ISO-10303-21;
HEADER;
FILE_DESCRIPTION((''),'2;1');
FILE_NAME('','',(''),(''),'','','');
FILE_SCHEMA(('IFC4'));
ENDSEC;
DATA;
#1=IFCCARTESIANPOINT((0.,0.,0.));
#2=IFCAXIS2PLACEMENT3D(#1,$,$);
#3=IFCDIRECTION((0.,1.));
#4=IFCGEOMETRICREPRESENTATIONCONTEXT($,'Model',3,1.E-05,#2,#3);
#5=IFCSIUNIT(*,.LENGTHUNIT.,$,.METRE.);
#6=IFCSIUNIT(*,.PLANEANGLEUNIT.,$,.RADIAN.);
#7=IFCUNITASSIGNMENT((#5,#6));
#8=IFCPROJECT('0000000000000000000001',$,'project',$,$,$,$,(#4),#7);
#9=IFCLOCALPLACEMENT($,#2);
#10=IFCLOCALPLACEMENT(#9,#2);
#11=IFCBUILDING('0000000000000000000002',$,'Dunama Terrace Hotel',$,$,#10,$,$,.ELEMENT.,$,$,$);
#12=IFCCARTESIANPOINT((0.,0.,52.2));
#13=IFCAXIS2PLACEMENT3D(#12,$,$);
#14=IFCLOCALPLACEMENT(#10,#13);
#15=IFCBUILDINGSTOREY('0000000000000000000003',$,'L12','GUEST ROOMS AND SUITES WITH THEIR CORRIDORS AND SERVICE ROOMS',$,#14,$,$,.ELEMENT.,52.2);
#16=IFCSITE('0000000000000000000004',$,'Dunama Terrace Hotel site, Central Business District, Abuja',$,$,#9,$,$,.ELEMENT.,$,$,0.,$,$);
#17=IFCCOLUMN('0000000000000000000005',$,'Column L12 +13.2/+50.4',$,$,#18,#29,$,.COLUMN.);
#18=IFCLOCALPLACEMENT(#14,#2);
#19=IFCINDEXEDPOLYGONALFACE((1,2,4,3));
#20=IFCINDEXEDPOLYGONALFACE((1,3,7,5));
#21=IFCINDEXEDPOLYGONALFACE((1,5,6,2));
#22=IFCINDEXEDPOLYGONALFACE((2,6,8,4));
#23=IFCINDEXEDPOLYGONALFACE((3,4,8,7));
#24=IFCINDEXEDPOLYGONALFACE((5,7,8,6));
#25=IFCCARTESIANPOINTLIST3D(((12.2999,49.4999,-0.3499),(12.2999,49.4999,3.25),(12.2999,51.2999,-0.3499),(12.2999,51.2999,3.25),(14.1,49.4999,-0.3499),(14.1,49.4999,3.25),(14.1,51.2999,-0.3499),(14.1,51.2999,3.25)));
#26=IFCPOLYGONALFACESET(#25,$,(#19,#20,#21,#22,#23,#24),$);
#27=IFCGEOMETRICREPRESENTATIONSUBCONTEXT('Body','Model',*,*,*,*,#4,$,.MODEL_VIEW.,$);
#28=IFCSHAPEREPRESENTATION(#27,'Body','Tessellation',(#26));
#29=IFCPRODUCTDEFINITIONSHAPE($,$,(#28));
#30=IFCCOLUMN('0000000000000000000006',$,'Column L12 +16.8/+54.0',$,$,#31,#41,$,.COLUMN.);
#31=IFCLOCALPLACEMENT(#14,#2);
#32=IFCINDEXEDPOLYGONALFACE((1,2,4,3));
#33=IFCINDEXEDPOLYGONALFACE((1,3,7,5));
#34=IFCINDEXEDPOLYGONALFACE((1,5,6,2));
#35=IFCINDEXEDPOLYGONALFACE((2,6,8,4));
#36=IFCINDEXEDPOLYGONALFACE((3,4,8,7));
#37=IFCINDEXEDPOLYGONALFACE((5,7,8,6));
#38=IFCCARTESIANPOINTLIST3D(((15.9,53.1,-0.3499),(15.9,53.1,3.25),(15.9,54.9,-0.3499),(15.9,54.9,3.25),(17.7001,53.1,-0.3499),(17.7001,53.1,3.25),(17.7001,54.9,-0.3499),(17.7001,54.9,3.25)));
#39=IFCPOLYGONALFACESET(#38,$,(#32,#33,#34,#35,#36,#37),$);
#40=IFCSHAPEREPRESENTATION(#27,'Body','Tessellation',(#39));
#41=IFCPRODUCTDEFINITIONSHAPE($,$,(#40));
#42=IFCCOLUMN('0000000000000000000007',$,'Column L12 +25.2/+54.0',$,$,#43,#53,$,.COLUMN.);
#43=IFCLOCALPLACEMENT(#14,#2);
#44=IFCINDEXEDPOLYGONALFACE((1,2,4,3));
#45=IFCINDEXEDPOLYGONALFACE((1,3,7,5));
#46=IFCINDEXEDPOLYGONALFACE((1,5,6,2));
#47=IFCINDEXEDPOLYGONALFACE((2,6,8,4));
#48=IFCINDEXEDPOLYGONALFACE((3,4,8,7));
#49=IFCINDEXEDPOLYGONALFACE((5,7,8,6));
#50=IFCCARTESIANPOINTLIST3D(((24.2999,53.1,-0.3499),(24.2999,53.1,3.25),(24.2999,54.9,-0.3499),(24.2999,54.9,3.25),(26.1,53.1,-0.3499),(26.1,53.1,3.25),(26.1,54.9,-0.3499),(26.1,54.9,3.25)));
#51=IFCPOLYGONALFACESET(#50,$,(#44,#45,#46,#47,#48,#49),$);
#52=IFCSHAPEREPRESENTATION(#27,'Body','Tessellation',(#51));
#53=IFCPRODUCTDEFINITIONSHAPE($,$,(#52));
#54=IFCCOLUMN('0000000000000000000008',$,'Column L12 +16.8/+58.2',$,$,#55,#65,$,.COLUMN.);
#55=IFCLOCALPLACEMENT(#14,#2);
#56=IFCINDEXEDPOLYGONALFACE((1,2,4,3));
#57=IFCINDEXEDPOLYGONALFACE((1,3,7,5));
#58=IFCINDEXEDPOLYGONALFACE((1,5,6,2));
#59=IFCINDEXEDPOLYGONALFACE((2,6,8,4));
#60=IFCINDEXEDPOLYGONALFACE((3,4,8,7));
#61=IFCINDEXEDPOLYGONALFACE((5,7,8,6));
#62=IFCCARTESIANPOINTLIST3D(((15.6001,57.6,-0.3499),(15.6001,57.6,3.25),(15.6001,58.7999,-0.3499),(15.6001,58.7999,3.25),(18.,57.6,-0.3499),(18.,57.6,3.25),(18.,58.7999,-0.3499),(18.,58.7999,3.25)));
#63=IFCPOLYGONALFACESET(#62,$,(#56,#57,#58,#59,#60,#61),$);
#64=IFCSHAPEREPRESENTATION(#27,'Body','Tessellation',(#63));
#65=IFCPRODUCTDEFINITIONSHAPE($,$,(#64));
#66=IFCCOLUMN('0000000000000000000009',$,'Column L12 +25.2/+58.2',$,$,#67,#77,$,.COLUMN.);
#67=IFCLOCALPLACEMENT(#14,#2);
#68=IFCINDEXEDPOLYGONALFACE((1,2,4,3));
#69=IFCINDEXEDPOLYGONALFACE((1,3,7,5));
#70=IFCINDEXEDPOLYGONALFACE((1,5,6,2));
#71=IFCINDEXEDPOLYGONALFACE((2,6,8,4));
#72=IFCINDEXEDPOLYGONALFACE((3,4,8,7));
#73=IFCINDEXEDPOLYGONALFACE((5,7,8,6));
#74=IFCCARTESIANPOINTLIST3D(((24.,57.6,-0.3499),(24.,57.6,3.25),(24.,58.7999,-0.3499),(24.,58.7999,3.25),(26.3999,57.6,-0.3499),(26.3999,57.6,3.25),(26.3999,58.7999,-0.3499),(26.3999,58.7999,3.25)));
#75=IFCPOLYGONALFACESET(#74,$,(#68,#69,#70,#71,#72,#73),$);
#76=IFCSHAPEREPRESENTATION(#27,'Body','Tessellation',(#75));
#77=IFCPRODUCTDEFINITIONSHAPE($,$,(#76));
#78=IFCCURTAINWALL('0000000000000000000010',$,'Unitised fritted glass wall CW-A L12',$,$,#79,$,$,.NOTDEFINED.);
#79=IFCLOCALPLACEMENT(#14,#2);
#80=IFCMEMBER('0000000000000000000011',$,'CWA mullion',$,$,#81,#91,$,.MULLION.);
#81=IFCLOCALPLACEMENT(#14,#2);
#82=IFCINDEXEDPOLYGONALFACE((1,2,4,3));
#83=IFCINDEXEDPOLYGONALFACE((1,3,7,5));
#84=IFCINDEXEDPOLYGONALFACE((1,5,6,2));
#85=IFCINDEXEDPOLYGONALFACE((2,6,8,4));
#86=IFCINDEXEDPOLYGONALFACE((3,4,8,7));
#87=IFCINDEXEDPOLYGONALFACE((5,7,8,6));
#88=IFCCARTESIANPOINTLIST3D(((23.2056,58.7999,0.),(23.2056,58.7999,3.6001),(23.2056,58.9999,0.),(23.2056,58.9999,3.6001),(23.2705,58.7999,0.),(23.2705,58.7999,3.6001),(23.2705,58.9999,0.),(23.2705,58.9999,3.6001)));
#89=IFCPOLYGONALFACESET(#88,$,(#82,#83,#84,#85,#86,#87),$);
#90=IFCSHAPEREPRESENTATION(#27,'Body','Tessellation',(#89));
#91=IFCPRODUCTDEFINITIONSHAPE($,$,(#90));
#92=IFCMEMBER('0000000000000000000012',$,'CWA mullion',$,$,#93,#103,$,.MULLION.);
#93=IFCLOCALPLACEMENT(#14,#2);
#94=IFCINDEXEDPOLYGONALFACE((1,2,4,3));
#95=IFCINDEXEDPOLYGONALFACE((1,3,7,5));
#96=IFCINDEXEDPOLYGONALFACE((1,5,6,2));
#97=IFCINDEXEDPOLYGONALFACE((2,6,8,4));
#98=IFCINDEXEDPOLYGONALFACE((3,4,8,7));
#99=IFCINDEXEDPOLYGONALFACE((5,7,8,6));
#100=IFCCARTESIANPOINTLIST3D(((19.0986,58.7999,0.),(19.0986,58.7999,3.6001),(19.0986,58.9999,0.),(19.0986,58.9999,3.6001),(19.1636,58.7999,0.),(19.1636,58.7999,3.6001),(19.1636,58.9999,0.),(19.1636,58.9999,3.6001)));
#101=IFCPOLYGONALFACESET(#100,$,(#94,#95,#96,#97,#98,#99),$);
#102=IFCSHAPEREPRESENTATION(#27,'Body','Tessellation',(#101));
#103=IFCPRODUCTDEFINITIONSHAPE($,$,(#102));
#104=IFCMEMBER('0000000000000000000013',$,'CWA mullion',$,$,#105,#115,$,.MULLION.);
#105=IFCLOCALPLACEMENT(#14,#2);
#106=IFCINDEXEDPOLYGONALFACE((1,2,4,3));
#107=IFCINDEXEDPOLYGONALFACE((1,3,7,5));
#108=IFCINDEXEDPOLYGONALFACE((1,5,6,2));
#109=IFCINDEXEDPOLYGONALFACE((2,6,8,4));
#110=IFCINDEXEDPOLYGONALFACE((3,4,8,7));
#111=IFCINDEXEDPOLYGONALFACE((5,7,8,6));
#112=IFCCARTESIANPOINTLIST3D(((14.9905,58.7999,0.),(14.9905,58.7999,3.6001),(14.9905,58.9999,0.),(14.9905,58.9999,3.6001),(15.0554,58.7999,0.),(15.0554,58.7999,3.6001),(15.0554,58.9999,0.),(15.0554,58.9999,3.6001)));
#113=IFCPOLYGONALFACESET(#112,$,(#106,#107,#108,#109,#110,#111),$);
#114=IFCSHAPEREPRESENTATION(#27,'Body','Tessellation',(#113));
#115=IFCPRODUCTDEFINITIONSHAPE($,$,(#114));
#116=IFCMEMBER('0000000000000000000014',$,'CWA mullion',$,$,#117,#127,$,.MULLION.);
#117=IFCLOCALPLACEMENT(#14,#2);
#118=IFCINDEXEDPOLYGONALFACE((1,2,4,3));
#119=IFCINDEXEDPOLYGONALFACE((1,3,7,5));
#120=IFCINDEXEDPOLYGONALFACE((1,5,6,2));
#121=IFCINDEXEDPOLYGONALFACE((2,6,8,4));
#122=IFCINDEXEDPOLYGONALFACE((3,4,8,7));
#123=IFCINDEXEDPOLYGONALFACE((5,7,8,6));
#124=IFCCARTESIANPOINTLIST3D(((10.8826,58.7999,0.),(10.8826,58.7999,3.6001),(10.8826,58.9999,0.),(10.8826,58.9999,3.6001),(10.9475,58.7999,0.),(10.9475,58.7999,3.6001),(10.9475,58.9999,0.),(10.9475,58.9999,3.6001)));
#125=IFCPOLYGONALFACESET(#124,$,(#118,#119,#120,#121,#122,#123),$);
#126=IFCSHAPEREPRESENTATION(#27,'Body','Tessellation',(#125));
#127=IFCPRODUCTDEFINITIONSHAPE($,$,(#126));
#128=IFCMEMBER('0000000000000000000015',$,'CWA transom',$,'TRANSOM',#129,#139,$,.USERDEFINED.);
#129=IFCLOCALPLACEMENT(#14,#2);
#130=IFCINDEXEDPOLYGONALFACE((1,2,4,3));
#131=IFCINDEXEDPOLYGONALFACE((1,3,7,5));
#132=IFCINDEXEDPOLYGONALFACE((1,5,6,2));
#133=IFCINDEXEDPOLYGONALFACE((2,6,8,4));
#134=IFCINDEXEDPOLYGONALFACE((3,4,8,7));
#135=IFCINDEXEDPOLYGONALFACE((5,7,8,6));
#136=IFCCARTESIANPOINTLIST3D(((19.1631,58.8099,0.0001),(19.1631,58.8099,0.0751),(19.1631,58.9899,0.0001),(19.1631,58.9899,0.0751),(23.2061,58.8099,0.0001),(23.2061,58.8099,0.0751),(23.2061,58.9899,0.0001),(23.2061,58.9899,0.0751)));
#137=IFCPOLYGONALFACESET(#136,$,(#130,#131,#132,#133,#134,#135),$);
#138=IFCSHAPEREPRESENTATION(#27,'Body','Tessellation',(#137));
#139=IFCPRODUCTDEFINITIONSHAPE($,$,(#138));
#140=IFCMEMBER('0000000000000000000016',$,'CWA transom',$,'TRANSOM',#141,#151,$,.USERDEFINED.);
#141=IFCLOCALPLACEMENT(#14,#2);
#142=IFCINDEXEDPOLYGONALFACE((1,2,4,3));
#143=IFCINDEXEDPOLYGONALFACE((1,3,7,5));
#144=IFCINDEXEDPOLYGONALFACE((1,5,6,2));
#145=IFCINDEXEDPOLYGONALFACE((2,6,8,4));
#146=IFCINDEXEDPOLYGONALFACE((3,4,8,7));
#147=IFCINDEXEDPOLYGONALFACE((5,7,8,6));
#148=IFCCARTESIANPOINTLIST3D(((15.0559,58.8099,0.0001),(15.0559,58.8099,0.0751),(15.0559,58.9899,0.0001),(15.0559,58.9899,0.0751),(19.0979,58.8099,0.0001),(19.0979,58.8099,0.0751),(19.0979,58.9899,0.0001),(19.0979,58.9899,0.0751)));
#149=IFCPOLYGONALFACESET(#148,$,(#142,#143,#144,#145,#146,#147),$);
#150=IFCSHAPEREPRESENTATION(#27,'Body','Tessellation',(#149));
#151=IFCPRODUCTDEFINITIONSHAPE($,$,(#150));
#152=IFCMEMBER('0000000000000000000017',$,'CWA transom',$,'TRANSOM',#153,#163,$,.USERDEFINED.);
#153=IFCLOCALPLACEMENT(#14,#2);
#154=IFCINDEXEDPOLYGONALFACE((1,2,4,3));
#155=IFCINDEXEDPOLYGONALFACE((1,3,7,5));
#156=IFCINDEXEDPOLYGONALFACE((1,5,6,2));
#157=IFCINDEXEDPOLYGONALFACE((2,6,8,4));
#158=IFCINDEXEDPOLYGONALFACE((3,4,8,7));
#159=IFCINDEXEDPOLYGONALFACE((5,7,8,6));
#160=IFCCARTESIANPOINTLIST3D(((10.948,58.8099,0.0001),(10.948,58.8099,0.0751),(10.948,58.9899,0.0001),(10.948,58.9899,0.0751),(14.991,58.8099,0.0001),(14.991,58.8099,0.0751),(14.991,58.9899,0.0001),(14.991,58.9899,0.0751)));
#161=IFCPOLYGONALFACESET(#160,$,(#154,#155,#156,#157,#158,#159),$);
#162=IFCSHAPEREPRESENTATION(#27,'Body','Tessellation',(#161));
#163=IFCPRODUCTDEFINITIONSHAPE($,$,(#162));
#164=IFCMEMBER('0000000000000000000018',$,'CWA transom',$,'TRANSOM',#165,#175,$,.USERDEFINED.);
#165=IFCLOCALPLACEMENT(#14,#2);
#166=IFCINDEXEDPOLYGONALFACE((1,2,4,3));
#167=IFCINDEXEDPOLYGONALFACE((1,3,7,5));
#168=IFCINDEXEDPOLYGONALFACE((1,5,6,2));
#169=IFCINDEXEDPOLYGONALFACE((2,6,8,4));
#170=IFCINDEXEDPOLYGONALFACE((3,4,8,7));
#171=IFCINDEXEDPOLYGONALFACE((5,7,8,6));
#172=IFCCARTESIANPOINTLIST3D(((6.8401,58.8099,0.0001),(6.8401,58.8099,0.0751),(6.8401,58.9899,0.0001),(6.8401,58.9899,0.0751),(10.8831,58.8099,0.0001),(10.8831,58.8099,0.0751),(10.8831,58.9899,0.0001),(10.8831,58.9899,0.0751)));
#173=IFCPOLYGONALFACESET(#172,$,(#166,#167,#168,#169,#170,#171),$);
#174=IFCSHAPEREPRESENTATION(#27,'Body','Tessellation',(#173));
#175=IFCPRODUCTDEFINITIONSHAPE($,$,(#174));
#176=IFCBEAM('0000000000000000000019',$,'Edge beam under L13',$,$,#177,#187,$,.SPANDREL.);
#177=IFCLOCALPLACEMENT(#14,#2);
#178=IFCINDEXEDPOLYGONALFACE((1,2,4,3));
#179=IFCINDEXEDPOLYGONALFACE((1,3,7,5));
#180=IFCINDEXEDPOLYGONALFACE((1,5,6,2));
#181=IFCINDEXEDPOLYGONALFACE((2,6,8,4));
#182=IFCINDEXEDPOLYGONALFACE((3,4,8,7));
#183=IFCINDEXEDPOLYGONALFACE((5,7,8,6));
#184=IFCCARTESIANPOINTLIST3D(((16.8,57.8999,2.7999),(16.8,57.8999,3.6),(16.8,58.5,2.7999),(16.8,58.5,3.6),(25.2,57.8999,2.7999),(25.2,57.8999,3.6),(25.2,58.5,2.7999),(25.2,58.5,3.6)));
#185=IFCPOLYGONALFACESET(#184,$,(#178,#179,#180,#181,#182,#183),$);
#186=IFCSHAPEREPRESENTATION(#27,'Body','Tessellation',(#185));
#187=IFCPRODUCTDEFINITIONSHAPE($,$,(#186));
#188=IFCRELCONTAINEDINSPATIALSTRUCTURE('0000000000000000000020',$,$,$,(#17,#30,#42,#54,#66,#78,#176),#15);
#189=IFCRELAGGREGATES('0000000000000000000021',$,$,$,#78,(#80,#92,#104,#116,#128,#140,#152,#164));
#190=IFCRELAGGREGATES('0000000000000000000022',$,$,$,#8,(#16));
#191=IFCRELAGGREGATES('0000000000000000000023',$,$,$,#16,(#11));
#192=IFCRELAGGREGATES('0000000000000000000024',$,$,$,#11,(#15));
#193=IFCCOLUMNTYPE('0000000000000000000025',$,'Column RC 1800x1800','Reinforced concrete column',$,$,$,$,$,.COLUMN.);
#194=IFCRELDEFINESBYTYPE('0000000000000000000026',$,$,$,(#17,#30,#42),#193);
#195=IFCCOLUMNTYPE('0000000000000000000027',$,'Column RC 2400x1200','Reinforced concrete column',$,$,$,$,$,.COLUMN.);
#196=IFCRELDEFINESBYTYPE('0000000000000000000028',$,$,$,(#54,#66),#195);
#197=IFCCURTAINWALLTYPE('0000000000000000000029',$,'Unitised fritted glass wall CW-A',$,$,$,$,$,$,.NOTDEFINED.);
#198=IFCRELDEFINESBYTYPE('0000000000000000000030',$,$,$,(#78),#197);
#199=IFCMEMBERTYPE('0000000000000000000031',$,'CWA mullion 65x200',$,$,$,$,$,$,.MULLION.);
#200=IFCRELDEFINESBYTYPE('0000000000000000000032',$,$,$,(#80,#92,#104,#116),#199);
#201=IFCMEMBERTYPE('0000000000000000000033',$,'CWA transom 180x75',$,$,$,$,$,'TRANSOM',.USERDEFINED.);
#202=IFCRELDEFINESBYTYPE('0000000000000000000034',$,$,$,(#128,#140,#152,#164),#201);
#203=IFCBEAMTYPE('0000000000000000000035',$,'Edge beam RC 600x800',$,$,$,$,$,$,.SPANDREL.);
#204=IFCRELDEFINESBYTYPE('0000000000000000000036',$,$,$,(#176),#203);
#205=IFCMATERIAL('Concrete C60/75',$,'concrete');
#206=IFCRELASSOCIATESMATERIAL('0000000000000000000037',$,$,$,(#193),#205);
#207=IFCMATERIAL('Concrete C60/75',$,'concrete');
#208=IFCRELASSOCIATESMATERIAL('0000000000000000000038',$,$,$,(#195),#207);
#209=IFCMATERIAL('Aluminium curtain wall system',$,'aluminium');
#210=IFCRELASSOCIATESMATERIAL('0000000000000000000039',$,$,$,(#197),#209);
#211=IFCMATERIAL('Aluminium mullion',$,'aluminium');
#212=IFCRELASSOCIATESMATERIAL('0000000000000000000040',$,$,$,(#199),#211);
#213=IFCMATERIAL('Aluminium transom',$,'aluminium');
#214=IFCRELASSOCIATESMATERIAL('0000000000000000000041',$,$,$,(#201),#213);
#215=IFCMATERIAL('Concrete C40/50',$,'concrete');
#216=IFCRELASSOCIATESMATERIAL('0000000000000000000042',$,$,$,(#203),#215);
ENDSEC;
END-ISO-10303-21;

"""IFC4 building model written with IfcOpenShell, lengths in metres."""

from ifc_helpers import new_model, si_unit, direction, frame, origin, origin_2d, place, context, subcontext, project, spatial, rectangle, extrude, material, material_profile, profile_set, type_object, element, aggregate, save


model = new_model("IFC4")

# Units and contexts
model_context = context("Model", 3, precision=1e-05, world=origin(), true_north=direction((0.0, 1.0)))
body_context = subcontext(model_context, "Body", "Model", "MODEL_VIEW")
ifc_project = project(units=[si_unit("LENGTHUNIT", "METRE"), si_unit("PLANEANGLEUNIT", "RADIAN")], contexts=[model_context])

# Site, building, storey
site_placement = place(None, origin())
site = spatial("IfcSite", under=ifc_project, at=site_placement, Name="Dunama Terrace Hotel site, Central Business District, Abuja", CompositionType="ELEMENT", RefElevation=0.0)
building_placement = place(site_placement, origin())
building = spatial("IfcBuilding", under=site, at=building_placement, Name="Dunama Terrace Hotel", CompositionType="ELEMENT")
storey_placement = place(building_placement, frame((0.0, 0.0, 52.2)))
storey = spatial("IfcBuildingStorey", under=building, at=storey_placement, Name="L12", Description="GUEST ROOMS AND SUITES WITH THEIR CORRIDORS AND SERVICE ROOMS", CompositionType="ELEMENT", Elevation=52.2)

# Columns
ifc_material_1 = material(Name="Concrete C60/75", Category="concrete")
ifc_material_profile_1 = material_profile(ifc_material_1, rectangle(XDim=1.8, YDim=1.8, at=origin_2d()), Name="RC 1800x1800")
ifc_profile_set_1 = profile_set([ifc_material_profile_1], Name="Concrete C60/75")
column_type_1 = type_object("IfcColumnType", Name="Column RC 1800x1800", Description="Reinforced concrete column", PredefinedType="COLUMN", material=ifc_profile_set_1)
for number, where, z_axis, x_axis, name in (
    (1, (13.2, 50.3999, -0.3499), (0.0, 0.0, 1.0), (1.0, 0.0, 0.0), "Column L12 +13.2/+50.4"),
    (2, (16.8, 54.0, -0.3499), (0.0, 0.0, 1.0), (1.0, 0.0, 0.0), "Column L12 +16.8/+54.0"),
    (3, (25.2, 54.0, -0.3499), (0.0, 0.0, 1.0), (1.0, 0.0, 0.0), "Column L12 +25.2/+54.0"),
):
    element("IfcColumn", number, at=place(storey_placement, frame(where, z_axis=z_axis, x_axis=x_axis)), inside=storey, type_object=column_type_1, Name=name, PredefinedType="COLUMN", context=body_context, shape_type="SweptSolid", body=[
        extrude(rectangle(XDim=1.8, YDim=1.8, at=origin_2d()), origin(), (0.0, 0.0, 1.0), 3.5999),
    ])
ifc_material_2 = material(Name="Concrete C60/75", Category="concrete")
ifc_material_profile_2 = material_profile(ifc_material_2, rectangle(XDim=2.3999, YDim=1.2, at=origin_2d()), Name="RC 2400x1200")
ifc_profile_set_2 = profile_set([ifc_material_profile_2], Name="Concrete C60/75")
column_type_2 = type_object("IfcColumnType", Name="Column RC 2400x1200", Description="Reinforced concrete column", PredefinedType="COLUMN", material=ifc_profile_set_2)
for number, where, z_axis, x_axis, name in (
    (4, (16.8, 58.2, -0.3499), (0.0, 0.0, 1.0), (1.0, 0.0, 0.0), "Column L12 +16.8/+58.2"),
    (5, (25.2, 58.2, -0.3499), (0.0, 0.0, 1.0), (1.0, 0.0, 0.0), "Column L12 +25.2/+58.2"),
):
    element("IfcColumn", number, at=place(storey_placement, frame(where, z_axis=z_axis, x_axis=x_axis)), inside=storey, type_object=column_type_2, Name=name, PredefinedType="COLUMN", context=body_context, shape_type="SweptSolid", body=[
        extrude(rectangle(XDim=2.3999, YDim=1.2, at=origin_2d()), origin(), (0.0, 0.0, 1.0), 3.5999),
    ])

# Curtain wall, members
ifc_material_3 = material(Name="Aluminium curtain wall system", Category="aluminium")
curtain_wall_type = type_object("IfcCurtainWallType", Name="Unitised fritted glass wall CW-A", PredefinedType="NOTDEFINED", material=ifc_material_3)
curtain_wall_placement = place(storey_placement, origin())
curtain_wall = element("IfcCurtainWall", 6, at=curtain_wall_placement, inside=storey, type_object=curtain_wall_type, Name="Unitised fritted glass wall CW-A L12", PredefinedType="NOTDEFINED")
ifc_material_4 = material(Name="Aluminium mullion", Category="aluminium")
ifc_material_profile_3 = material_profile(ifc_material_4, rectangle(XDim=0.0649, YDim=0.2, at=origin_2d()), Name="CWA MULLION 65X200")
ifc_profile_set_3 = profile_set([ifc_material_profile_3], Name="Aluminium mullion")
member_type_1 = type_object("IfcMemberType", Name="CWA mullion 65x200", PredefinedType="MULLION", material=ifc_profile_set_3)
member_1_placement = place(storey_placement, frame((23.238, 58.8999, 0.0), z_axis=(0.0, 0.0, 1.0), x_axis=(-1.0, 0.0, 0.0)))
member_1 = element("IfcMember", 7, at=member_1_placement, type_object=member_type_1, Name="CWA mullion", PredefinedType="MULLION", context=body_context, shape_type="SweptSolid", body=[
    extrude(rectangle(XDim=0.0649, YDim=0.2, at=origin_2d()), origin(), (0.0, 0.0, 1.0), 3.6001),
])
member_2_placement = place(storey_placement, frame((19.1311, 58.8999, 0.0), z_axis=(0.0, 0.0, 1.0), x_axis=(-1.0, 0.0, 0.0)))
member_2 = element("IfcMember", 8, at=member_2_placement, type_object=member_type_1, Name="CWA mullion", PredefinedType="MULLION", context=body_context, shape_type="SweptSolid", body=[
    extrude(rectangle(XDim=0.0649, YDim=0.2, at=origin_2d()), origin(), (0.0, 0.0, 1.0), 3.6001),
])
member_3_placement = place(storey_placement, frame((15.0229, 58.8999, 0.0), z_axis=(0.0, 0.0, 1.0), x_axis=(-1.0, 0.0, 0.0)))
member_3 = element("IfcMember", 9, at=member_3_placement, type_object=member_type_1, Name="CWA mullion", PredefinedType="MULLION", context=body_context, shape_type="SweptSolid", body=[
    extrude(rectangle(XDim=0.0649, YDim=0.2, at=origin_2d()), origin(), (0.0, 0.0, 1.0), 3.6001),
])
member_4_placement = place(storey_placement, frame((10.915, 58.8999, 0.0), z_axis=(0.0, 0.0, 1.0), x_axis=(-1.0, 0.0, 0.0)))
member_4 = element("IfcMember", 10, at=member_4_placement, type_object=member_type_1, Name="CWA mullion", PredefinedType="MULLION", context=body_context, shape_type="SweptSolid", body=[
    extrude(rectangle(XDim=0.0649, YDim=0.2, at=origin_2d()), origin(), (0.0, 0.0, 1.0), 3.6001),
])
ifc_material_5 = material(Name="Aluminium transom", Category="aluminium")
ifc_material_profile_4 = material_profile(ifc_material_5, rectangle(XDim=0.1799, YDim=0.075, at=origin_2d()), Name="CWA TRANSOM 180X75")
ifc_profile_set_4 = profile_set([ifc_material_profile_4], Name="Aluminium transom")
member_type_2 = type_object("IfcMemberType", Name="CWA transom 180x75", ElementType="TRANSOM", PredefinedType="USERDEFINED", material=ifc_profile_set_4)
member_5_placement = place(storey_placement, frame((23.2061, 58.8999, 0.0376), z_axis=(-1.0, 0.0, 0.0), x_axis=(0.0, -1.0, 0.0)))
member_5 = element("IfcMember", 11, at=member_5_placement, type_object=member_type_2, Name="CWA transom", ObjectType="TRANSOM", PredefinedType="USERDEFINED", context=body_context, shape_type="SweptSolid", body=[
    extrude(rectangle(XDim=0.1799, YDim=0.075, at=origin_2d()), origin(), (0.0, 0.0, 1.0), 4.043),
])
member_6_placement = place(storey_placement, frame((19.0979, 58.8999, 0.0376), z_axis=(-1.0, 0.0, 0.0), x_axis=(0.0, -1.0, 0.0)))
member_6 = element("IfcMember", 12, at=member_6_placement, type_object=member_type_2, Name="CWA transom", ObjectType="TRANSOM", PredefinedType="USERDEFINED", context=body_context, shape_type="SweptSolid", body=[
    extrude(rectangle(XDim=0.1799, YDim=0.075, at=origin_2d()), origin(), (0.0, 0.0, 1.0), 4.042),
])
member_7_placement = place(storey_placement, frame((14.991, 58.8999, 0.0376), z_axis=(-1.0, 0.0, 0.0), x_axis=(0.0, -1.0, 0.0)))
member_7 = element("IfcMember", 13, at=member_7_placement, type_object=member_type_2, Name="CWA transom", ObjectType="TRANSOM", PredefinedType="USERDEFINED", context=body_context, shape_type="SweptSolid", body=[
    extrude(rectangle(XDim=0.1799, YDim=0.075, at=origin_2d()), origin(), (0.0, 0.0, 1.0), 4.043),
])
member_8_placement = place(storey_placement, frame((10.8831, 58.8999, 0.0376), z_axis=(-1.0, 0.0, 0.0), x_axis=(0.0, -1.0, 0.0)))
member_8 = element("IfcMember", 14, at=member_8_placement, type_object=member_type_2, Name="CWA transom", ObjectType="TRANSOM", PredefinedType="USERDEFINED", context=body_context, shape_type="SweptSolid", body=[
    extrude(rectangle(XDim=0.1799, YDim=0.075, at=origin_2d()), origin(), (0.0, 0.0, 1.0), 4.043),
])

# Beam
ifc_material_6 = material(Name="Concrete C40/50", Category="concrete")
ifc_material_profile_5 = material_profile(ifc_material_6, rectangle(XDim=0.6001, YDim=0.8, at=origin_2d()), Name="RC 600x800")
ifc_profile_set_5 = profile_set([ifc_material_profile_5], Name="Concrete C40/50")
beam_type = type_object("IfcBeamType", Name="Edge beam RC 600x800", PredefinedType="SPANDREL", material=ifc_profile_set_5)
beam_1_placement = place(storey_placement, frame((16.8, 58.2, 3.2), z_axis=(1.0, 0.0, 0.0), x_axis=(0.0, 1.0, 0.0)))
element("IfcBeam", 15, at=beam_1_placement, inside=storey, type_object=beam_type, Name="Edge beam under L13", PredefinedType="SPANDREL", context=body_context, shape_type="SweptSolid", body=[
    extrude(rectangle(XDim=0.6001, YDim=0.8, at=origin_2d()), origin(), (0.0, 0.0, 1.0), 8.3999),
])

aggregate(curtain_wall, [member_1, member_2, member_3, member_4, member_5, member_6, member_7, member_8])

save(model, "model.ifc")
